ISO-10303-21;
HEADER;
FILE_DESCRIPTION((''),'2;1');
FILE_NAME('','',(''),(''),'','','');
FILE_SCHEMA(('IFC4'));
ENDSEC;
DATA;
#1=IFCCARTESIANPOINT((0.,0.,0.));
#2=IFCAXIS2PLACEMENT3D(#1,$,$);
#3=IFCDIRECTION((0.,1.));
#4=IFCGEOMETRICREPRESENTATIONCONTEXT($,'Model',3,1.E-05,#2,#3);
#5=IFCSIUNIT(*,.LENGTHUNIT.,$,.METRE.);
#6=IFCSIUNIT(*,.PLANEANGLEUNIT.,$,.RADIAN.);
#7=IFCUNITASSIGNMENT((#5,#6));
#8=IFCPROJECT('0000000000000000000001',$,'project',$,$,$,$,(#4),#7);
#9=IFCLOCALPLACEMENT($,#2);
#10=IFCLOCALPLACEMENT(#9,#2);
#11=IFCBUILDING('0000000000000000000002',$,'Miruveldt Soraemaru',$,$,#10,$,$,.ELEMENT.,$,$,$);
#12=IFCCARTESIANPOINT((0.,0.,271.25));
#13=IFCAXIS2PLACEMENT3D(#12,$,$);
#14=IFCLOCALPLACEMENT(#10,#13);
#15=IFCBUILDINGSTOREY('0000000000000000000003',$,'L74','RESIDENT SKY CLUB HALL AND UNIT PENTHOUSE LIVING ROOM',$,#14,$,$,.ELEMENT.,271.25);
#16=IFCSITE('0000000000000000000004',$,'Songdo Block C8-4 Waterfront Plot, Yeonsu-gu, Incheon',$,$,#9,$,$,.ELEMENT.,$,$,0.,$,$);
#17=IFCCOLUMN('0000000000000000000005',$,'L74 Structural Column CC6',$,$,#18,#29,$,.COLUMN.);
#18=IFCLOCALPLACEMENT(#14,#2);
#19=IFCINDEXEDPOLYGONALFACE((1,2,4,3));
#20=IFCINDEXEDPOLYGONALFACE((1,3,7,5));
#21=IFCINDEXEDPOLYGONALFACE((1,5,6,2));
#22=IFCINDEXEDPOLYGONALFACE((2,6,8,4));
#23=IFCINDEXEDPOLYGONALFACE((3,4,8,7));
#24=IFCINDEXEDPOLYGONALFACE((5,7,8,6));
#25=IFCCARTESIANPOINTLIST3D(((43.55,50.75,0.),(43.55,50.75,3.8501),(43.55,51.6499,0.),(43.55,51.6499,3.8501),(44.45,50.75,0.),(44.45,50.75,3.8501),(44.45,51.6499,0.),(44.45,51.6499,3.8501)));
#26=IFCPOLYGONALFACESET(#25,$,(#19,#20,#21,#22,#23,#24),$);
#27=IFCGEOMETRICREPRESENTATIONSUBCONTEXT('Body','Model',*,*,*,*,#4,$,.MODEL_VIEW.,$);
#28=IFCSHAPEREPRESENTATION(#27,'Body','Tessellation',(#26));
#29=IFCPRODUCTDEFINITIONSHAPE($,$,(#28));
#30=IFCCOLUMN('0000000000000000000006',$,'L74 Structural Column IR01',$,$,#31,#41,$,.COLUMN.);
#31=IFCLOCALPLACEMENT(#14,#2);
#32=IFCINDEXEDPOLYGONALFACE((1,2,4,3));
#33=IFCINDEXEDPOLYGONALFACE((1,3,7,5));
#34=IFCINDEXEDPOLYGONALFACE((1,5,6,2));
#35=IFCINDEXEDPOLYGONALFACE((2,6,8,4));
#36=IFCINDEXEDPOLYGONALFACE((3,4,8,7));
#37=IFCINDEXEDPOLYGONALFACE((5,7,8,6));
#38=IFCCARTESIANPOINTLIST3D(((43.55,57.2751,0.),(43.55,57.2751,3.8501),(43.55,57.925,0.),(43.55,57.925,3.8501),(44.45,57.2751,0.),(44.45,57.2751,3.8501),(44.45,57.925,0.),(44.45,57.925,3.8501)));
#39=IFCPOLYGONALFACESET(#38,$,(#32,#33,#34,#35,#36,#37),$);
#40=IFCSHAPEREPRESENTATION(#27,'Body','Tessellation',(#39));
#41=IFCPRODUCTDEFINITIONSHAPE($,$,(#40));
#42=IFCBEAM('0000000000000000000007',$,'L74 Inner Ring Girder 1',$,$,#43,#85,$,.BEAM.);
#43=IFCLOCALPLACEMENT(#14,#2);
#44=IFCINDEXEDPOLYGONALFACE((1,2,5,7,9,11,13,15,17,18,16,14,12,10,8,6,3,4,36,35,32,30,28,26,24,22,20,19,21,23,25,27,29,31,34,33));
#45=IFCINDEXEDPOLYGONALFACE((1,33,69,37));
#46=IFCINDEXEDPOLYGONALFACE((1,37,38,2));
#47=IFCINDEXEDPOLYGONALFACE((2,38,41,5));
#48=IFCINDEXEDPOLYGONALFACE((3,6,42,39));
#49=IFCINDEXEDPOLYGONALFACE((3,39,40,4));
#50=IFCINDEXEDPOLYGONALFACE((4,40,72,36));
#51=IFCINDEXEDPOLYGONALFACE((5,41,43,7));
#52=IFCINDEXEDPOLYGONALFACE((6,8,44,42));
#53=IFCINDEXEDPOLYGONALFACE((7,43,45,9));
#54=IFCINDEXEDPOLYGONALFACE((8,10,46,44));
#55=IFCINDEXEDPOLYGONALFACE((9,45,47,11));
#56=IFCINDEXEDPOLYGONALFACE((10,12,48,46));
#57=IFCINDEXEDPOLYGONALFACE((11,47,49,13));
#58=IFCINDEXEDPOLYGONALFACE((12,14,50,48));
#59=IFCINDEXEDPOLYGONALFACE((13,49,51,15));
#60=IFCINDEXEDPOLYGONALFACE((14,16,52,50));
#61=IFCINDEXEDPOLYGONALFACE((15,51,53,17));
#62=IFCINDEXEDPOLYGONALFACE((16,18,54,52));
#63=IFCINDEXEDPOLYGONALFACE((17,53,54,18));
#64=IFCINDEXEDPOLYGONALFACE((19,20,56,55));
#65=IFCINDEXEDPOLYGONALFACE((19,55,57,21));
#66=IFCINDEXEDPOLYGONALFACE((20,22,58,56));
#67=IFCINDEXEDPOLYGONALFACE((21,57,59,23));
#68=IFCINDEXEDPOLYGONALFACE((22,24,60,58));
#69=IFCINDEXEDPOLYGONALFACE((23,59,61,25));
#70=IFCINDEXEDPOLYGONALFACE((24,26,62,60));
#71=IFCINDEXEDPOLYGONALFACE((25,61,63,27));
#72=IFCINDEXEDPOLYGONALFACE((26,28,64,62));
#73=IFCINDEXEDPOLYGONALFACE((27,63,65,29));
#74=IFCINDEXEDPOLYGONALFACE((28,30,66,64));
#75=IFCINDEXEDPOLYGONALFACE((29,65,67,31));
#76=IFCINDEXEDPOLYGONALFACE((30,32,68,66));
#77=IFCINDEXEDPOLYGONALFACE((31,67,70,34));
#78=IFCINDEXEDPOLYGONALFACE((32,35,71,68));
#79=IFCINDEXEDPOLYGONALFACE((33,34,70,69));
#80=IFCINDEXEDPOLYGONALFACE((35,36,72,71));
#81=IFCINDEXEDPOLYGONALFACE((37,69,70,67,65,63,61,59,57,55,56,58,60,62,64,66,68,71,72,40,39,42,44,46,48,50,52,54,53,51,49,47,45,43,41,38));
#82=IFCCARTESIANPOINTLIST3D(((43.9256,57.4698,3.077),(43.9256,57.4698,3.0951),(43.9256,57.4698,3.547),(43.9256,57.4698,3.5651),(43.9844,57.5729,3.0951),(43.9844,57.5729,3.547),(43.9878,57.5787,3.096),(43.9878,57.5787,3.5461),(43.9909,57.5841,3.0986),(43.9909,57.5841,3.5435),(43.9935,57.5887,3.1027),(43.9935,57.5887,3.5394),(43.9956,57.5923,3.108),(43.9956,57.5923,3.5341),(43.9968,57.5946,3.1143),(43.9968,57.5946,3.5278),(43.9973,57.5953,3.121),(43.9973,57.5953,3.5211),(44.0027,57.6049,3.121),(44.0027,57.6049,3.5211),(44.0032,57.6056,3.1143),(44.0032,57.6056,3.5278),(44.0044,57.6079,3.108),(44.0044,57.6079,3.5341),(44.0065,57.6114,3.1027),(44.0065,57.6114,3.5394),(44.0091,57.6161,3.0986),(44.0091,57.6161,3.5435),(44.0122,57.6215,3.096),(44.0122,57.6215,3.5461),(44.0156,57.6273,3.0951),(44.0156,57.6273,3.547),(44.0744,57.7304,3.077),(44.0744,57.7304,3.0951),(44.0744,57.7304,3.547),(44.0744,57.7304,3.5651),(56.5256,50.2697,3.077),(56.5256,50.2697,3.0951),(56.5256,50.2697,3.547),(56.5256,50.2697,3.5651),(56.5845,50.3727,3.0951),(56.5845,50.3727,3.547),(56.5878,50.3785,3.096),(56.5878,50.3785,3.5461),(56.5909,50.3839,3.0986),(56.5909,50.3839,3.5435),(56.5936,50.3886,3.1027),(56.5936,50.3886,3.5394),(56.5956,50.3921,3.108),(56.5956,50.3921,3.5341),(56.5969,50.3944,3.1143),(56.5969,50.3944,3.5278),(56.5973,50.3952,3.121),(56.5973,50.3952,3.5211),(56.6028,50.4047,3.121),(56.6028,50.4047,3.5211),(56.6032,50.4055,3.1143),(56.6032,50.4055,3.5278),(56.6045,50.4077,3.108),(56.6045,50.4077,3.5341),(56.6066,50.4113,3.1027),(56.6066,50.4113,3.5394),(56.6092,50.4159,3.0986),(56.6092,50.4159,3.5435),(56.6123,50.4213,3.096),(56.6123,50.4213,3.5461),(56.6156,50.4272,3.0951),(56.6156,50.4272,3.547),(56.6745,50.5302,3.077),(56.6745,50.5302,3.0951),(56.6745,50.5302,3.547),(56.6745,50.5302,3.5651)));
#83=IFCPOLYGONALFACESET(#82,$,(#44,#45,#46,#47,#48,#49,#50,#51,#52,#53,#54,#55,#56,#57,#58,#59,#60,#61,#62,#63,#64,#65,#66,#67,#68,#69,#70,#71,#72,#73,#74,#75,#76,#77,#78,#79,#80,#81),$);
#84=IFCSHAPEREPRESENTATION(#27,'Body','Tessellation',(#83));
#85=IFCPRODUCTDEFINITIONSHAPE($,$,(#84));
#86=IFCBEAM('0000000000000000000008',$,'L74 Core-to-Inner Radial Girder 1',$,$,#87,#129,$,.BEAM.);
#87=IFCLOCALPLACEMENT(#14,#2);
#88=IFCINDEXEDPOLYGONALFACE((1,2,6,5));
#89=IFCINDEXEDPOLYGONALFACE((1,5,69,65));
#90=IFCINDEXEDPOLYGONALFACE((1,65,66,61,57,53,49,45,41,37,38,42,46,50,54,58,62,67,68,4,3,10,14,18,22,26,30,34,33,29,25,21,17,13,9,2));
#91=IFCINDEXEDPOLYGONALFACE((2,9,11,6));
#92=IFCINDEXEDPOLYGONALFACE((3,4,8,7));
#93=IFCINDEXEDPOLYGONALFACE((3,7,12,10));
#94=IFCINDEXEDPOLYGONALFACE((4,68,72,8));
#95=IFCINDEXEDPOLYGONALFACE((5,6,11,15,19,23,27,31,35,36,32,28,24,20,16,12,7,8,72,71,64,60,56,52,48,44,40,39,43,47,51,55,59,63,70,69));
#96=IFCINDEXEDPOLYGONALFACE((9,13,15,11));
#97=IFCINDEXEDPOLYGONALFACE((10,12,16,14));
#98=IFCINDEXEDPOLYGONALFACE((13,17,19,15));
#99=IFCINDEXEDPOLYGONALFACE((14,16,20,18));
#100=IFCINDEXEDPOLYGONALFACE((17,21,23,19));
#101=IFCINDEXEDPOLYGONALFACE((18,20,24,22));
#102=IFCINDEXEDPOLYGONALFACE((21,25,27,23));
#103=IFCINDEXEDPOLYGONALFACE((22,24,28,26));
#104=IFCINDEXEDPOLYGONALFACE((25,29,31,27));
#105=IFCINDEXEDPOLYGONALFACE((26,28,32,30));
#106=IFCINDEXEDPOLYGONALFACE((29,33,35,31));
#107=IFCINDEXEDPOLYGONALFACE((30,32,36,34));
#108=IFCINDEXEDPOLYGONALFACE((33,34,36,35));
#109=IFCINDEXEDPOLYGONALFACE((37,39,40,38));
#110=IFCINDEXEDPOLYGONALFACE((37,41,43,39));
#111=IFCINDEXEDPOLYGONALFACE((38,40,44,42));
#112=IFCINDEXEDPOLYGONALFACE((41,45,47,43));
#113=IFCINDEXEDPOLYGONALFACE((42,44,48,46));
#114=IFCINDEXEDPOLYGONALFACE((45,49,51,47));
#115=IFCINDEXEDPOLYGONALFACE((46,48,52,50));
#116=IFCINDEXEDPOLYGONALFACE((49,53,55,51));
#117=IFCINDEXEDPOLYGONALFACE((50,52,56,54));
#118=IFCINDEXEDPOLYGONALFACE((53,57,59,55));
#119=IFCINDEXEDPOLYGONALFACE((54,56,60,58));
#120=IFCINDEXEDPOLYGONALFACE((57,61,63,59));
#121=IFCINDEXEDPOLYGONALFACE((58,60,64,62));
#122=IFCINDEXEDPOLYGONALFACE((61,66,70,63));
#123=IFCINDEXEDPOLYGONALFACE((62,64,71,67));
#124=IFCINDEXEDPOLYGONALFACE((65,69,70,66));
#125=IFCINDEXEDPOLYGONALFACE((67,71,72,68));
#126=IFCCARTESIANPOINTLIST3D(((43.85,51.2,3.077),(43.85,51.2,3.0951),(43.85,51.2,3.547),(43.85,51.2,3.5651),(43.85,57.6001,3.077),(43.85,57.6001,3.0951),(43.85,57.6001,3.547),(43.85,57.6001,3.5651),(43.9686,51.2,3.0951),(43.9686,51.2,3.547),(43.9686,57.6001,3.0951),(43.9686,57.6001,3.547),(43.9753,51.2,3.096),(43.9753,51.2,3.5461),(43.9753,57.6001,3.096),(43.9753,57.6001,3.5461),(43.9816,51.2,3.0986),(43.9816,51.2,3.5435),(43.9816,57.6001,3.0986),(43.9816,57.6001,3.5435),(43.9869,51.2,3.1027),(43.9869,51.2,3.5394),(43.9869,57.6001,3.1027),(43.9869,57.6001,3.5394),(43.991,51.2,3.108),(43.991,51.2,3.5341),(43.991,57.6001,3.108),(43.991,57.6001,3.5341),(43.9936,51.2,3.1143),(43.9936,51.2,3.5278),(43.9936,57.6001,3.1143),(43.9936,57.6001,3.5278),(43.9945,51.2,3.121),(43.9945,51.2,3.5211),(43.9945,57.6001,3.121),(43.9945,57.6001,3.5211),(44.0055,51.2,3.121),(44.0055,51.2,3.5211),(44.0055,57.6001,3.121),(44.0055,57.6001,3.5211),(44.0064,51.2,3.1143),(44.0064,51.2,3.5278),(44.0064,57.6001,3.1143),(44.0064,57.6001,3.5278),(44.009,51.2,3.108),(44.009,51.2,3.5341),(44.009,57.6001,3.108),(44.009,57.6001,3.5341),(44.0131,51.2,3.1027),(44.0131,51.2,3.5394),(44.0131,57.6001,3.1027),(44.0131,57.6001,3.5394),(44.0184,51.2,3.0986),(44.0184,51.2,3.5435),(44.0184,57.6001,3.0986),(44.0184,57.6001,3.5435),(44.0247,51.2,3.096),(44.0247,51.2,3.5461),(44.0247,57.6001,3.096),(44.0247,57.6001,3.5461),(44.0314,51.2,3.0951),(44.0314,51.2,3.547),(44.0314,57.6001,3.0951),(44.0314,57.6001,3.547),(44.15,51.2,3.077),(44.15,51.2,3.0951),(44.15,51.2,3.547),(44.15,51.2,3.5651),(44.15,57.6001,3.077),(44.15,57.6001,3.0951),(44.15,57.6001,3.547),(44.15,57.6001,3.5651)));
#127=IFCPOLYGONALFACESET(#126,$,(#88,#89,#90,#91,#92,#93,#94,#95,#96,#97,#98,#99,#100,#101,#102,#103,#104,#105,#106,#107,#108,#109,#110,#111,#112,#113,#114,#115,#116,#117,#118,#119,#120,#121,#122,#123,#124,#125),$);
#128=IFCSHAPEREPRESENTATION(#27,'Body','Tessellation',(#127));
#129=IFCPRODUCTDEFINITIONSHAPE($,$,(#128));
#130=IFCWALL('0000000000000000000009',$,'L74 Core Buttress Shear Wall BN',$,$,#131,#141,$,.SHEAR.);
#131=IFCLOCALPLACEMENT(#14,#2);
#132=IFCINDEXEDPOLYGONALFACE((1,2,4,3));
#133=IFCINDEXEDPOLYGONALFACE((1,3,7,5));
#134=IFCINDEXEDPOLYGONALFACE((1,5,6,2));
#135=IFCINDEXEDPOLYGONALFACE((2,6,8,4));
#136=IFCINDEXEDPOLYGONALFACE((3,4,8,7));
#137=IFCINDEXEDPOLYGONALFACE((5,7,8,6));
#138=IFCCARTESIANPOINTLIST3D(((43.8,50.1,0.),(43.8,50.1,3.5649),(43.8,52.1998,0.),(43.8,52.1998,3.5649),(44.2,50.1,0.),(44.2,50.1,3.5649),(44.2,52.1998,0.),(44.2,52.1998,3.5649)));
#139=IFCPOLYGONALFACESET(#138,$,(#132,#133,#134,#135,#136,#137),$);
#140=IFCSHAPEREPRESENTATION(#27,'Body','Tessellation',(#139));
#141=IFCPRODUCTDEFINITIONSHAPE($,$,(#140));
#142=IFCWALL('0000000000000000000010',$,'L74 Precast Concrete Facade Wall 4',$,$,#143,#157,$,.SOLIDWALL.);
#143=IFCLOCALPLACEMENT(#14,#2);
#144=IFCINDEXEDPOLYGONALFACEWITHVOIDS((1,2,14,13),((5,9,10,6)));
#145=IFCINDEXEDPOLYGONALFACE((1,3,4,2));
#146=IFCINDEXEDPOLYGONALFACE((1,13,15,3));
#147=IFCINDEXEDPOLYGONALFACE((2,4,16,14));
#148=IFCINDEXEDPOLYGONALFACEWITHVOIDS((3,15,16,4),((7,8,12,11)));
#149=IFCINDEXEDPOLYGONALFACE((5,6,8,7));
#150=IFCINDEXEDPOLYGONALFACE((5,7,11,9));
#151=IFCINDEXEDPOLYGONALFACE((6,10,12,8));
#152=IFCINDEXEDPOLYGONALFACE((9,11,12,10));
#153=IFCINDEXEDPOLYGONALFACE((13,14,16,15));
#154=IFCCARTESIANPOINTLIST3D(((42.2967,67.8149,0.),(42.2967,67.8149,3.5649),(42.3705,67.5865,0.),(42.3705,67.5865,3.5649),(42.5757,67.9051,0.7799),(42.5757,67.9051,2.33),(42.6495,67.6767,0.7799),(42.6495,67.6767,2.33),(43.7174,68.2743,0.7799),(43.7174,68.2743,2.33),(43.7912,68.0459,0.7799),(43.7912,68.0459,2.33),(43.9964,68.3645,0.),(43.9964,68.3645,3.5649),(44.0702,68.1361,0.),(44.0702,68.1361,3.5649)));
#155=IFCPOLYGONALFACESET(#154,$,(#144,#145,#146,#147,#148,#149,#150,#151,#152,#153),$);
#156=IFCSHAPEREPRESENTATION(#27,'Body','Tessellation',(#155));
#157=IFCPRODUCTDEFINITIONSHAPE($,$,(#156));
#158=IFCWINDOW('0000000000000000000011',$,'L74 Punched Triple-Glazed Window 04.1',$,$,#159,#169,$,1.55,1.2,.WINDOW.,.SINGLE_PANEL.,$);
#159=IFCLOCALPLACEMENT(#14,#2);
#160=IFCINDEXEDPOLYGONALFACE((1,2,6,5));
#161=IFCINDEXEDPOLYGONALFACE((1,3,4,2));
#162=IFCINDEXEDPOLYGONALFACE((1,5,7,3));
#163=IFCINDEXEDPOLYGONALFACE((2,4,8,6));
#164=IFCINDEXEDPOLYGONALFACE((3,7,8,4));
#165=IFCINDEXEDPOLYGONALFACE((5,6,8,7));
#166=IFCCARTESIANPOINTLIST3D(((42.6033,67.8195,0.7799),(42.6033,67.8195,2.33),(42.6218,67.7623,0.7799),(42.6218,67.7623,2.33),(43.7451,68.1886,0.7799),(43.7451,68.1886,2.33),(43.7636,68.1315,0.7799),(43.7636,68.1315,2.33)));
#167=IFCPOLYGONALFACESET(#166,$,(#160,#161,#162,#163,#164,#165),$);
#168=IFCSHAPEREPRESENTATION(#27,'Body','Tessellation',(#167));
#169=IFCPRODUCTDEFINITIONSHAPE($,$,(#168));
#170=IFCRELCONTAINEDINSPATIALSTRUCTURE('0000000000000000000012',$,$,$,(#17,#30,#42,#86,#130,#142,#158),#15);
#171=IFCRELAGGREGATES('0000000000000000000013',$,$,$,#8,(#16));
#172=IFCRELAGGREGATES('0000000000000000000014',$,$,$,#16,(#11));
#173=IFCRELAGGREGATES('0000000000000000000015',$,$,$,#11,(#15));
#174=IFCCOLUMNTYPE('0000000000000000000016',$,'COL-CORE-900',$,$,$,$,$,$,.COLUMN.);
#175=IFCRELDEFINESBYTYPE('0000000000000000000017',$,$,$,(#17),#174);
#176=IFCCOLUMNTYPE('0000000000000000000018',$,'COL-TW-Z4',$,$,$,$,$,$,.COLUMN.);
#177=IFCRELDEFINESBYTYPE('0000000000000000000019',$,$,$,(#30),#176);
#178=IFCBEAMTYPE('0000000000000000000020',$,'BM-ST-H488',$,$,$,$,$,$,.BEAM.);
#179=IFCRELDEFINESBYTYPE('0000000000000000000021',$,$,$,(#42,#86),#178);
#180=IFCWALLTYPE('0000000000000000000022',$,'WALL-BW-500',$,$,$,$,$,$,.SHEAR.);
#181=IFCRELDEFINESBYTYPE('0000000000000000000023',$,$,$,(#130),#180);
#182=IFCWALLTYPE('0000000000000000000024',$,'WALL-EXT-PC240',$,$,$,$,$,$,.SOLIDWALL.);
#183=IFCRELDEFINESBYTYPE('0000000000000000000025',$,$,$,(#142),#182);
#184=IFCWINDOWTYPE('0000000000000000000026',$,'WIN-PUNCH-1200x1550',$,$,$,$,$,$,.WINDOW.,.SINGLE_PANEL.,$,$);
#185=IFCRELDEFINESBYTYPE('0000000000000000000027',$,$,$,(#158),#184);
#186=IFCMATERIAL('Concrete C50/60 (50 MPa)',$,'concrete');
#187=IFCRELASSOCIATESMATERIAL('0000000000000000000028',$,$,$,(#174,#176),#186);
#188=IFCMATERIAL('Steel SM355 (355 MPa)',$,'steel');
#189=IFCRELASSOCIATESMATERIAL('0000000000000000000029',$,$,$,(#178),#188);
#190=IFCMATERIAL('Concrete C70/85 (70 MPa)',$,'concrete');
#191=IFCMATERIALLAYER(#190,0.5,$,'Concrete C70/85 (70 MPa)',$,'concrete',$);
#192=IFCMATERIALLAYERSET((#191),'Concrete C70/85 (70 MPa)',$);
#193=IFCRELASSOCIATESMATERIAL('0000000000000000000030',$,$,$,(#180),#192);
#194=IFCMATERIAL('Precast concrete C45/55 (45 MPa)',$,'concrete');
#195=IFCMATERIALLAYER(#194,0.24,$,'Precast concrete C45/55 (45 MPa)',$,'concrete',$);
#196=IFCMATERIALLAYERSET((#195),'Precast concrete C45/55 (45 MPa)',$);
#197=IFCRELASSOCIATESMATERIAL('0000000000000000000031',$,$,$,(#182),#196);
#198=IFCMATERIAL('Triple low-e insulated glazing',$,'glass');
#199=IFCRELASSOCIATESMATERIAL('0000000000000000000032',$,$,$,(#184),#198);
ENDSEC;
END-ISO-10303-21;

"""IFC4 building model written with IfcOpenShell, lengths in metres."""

from ifc_helpers import new_model, si_unit, direction, frame, frame_2d, origin, origin_2d, place, context, subcontext, project, spatial, rectangle, i_section, extrude, material, layer, layer_set, material_profile, profile_set, type_object, element, fill, save


model = new_model("IFC4")

# Units and contexts
model_context = context("Model", 3, precision=1e-05, world=origin(), true_north=direction((0.0, 1.0)))
body_context = subcontext(model_context, "Body", "Model", "MODEL_VIEW")
ifc_project = project(units=[si_unit("LENGTHUNIT", "METRE"), si_unit("PLANEANGLEUNIT", "RADIAN")], contexts=[model_context])

# Site, building, storey
site_placement = place(None, origin())
site = spatial("IfcSite", under=ifc_project, at=site_placement, Name="Songdo Block C8-4 Waterfront Plot, Yeonsu-gu, Incheon", CompositionType="ELEMENT", RefElevation=0.0)
building_placement = place(site_placement, origin())
building = spatial("IfcBuilding", under=site, at=building_placement, Name="Miruveldt Soraemaru", CompositionType="ELEMENT")
storey_placement = place(building_placement, frame((0.0, 0.0, 271.25)))
storey = spatial("IfcBuildingStorey", under=building, at=storey_placement, Name="L74", Description="RESIDENT SKY CLUB HALL AND UNIT PENTHOUSE LIVING ROOM", CompositionType="ELEMENT", Elevation=271.25)

# Columns
ifc_material_1 = material(Name="Concrete C50/60 (50 MPa)", Category="concrete")
ifc_material_profile_1 = material_profile(ifc_material_1, rectangle(XDim=0.8999, YDim=0.8999, at=origin_2d()), Name="Concrete C50/60 (50 MPa)", Category="concrete")
ifc_profile_set_1 = profile_set([ifc_material_profile_1], Name="Concrete C50/60 (50 MPa)")
column_type_1 = type_object("IfcColumnType", Name="COL-CORE-900", PredefinedType="COLUMN", material=ifc_profile_set_1)
column_1_placement = place(storey_placement, frame((44.0, 51.2, 0.0), z_axis=(0.0, 0.0, 1.0), x_axis=(1.0, 0.0, 0.0)))
element("IfcColumn", 1, at=column_1_placement, inside=storey, type_object=column_type_1, Name="L74 Structural Column CC6", PredefinedType="COLUMN", context=body_context, shape_type="SweptSolid", body=[
    extrude(rectangle(XDim=0.8999, YDim=0.8999, at=origin_2d()), origin(), (0.0, 0.0, 1.0), 3.8501),
])
ifc_material_profile_2 = material_profile(ifc_material_1, rectangle(XDim=0.8999, YDim=0.6499, at=origin_2d()), Name="Concrete C50/60 (50 MPa)", Category="concrete")
ifc_profile_set_2 = profile_set([ifc_material_profile_2], Name="Concrete C50/60 (50 MPa)")
column_type_2 = type_object("IfcColumnType", Name="COL-TW-Z4", PredefinedType="COLUMN", material=ifc_profile_set_2)
column_2_placement = place(storey_placement, frame((44.0, 57.6001, 0.0), z_axis=(0.0, 0.0, 1.0), x_axis=(1.0, 0.0, 0.0)))
element("IfcColumn", 2, at=column_2_placement, inside=storey, type_object=column_type_2, Name="L74 Structural Column IR01", PredefinedType="COLUMN", context=body_context, shape_type="SweptSolid", body=[
    extrude(rectangle(XDim=0.8999, YDim=0.6499, at=origin_2d()), origin(), (0.0, 0.0, 1.0), 3.8501),
])

# Beams
ifc_material_2 = material(Name="Steel SM355 (355 MPa)", Category="steel")
ifc_material_profile_3 = material_profile(ifc_material_2, i_section(OverallWidth=0.3, OverallDepth=0.488, WebThickness=0.011, FlangeThickness=0.0181, FilletRadius=0.0259, at=origin_2d()), Name="Steel SM355 (355 MPa)", Category="steel")
ifc_profile_set_3 = profile_set([ifc_material_profile_3], Name="Steel SM355 (355 MPa)")
beam_type = type_object("IfcBeamType", Name="BM-ST-H488", PredefinedType="BEAM", material=ifc_profile_set_3)
beam_1_placement = place(storey_placement, frame((44.0, 57.6001, 3.321), z_axis=(0.868239, -0.496146, 0.0), x_axis=(0.496146, 0.868239, 0.0)))
element("IfcBeam", 3, at=beam_1_placement, inside=storey, type_object=beam_type, Name="L74 Inner Ring Girder 1", PredefinedType="BEAM", context=body_context, shape_type="SweptSolid", body=[
    extrude(i_section(OverallWidth=0.3, OverallDepth=0.488, WebThickness=0.011, FlangeThickness=0.0181, FilletRadius=0.0259, at=origin_2d()), origin(), (0.0, 0.0, 1.0), 14.5122),
])
beam_2_placement = place(storey_placement, frame((44.0, 51.2, 3.321), z_axis=(0.0, 1.0, 0.0), x_axis=(-1.0, 0.0, 0.0)))
element("IfcBeam", 4, at=beam_2_placement, inside=storey, type_object=beam_type, Name="L74 Core-to-Inner Radial Girder 1", PredefinedType="BEAM", context=body_context, shape_type="SweptSolid", body=[
    extrude(i_section(OverallWidth=0.3, OverallDepth=0.488, WebThickness=0.011, FlangeThickness=0.0181, FilletRadius=0.0259, at=origin_2d()), origin(), (0.0, 0.0, 1.0), 6.4001),
])

# Wall
ifc_material_3 = material(Name="Concrete C70/85 (70 MPa)", Category="concrete")
ifc_layer_1 = layer(ifc_material_3, 0.5, Name="Concrete C70/85 (70 MPa)", Category="concrete")
ifc_layer_set_1 = layer_set([ifc_layer_1], Name="Concrete C70/85 (70 MPa)")
wall_type_1 = type_object("IfcWallType", Name="WALL-BW-500", PredefinedType="SHEAR", material=ifc_layer_set_1)
wall_1_placement = place(storey_placement, frame((44.0, 50.1001, 0.0), z_axis=(0.0, 0.0, 1.0), x_axis=(0.0, 1.0, 0.0)))
element("IfcWall", 5, at=wall_1_placement, inside=storey, type_object=wall_type_1, Name="L74 Core Buttress Shear Wall BN", PredefinedType="SHEAR", context=body_context, shape_type="SweptSolid", body=[
    extrude(rectangle(XDim=2.0999, YDim=0.3999, at=frame_2d((1.0498, 0.0))), origin(), (0.0, 0.0, 1.0), 3.5649),
])

# Wall, opening, window
ifc_material_4 = material(Name="Precast concrete C45/55 (45 MPa)", Category="concrete")
ifc_layer_2 = layer(ifc_material_4, 0.24, Name="Precast concrete C45/55 (45 MPa)", Category="concrete")
ifc_layer_set_2 = layer_set([ifc_layer_2], Name="Precast concrete C45/55 (45 MPa)")
wall_type_2 = type_object("IfcWallType", Name="WALL-EXT-PC240", PredefinedType="SOLIDWALL", material=ifc_layer_set_2)
wall_2_placement = place(storey_placement, frame((44.0332, 68.2502, 0.0), z_axis=(0.0, 0.0, 1.0), x_axis=(-0.951501, -0.307646, 0.0)))
wall_2 = element("IfcWall", 6, at=wall_2_placement, inside=storey, type_object=wall_type_2, Name="L74 Precast Concrete Facade Wall 4", PredefinedType="SOLIDWALL", context=body_context, shape_type="SweptSolid", body=[
    extrude(rectangle(XDim=1.7864, YDim=0.24, at=frame_2d((0.8931, 0.0))), origin(), (0.0, 0.0, 1.0), 3.5649),
])
opening_1_placement = place(wall_2_placement, frame((0.293, 0.0, 0.78)))
opening_1 = element("IfcOpeningElement", 7, at=opening_1_placement, cuts=wall_2, PredefinedType="OPENING", context=body_context, shape_type="SweptSolid", body=[
    extrude(rectangle(XDim=1.2, YDim=1.55, at=frame_2d((0.6001, 0.7749))), frame((0.0, 0.1299, 0.0), z_axis=(0.0, -1.0, 0.0), x_axis=(1.0, 0.0, 0.0)), (0.0, 0.0, 1.0), 0.26),
])
ifc_material_5 = material(Name="Triple low-e insulated glazing", Category="glass")
window_type_1 = type_object("IfcWindowType", Name="WIN-PUNCH-1200x1550", PartitioningType="SINGLE_PANEL", PredefinedType="WINDOW", material=ifc_material_5)
window_1_placement = place(opening_1_placement, origin())
window_1 = element("IfcWindow", 8, at=window_1_placement, inside=storey, type_object=window_type_1, Name="L74 Punched Triple-Glazed Window 04.1", OverallHeight=1.55, OverallWidth=1.2, PartitioningType="SINGLE_PANEL", PredefinedType="WINDOW", context=body_context, shape_type="SweptSolid", body=[
    extrude(rectangle(XDim=1.2, YDim=1.55, at=frame_2d((0.6001, 0.7749))), frame((0.0, 0.03, 0.0), z_axis=(0.0, -1.0, 0.0), x_axis=(1.0, 0.0, 0.0)), (0.0, 0.0, 1.0), 0.0601),
])
fill(opening_1, window_1)

save(model, "model.ifc")
